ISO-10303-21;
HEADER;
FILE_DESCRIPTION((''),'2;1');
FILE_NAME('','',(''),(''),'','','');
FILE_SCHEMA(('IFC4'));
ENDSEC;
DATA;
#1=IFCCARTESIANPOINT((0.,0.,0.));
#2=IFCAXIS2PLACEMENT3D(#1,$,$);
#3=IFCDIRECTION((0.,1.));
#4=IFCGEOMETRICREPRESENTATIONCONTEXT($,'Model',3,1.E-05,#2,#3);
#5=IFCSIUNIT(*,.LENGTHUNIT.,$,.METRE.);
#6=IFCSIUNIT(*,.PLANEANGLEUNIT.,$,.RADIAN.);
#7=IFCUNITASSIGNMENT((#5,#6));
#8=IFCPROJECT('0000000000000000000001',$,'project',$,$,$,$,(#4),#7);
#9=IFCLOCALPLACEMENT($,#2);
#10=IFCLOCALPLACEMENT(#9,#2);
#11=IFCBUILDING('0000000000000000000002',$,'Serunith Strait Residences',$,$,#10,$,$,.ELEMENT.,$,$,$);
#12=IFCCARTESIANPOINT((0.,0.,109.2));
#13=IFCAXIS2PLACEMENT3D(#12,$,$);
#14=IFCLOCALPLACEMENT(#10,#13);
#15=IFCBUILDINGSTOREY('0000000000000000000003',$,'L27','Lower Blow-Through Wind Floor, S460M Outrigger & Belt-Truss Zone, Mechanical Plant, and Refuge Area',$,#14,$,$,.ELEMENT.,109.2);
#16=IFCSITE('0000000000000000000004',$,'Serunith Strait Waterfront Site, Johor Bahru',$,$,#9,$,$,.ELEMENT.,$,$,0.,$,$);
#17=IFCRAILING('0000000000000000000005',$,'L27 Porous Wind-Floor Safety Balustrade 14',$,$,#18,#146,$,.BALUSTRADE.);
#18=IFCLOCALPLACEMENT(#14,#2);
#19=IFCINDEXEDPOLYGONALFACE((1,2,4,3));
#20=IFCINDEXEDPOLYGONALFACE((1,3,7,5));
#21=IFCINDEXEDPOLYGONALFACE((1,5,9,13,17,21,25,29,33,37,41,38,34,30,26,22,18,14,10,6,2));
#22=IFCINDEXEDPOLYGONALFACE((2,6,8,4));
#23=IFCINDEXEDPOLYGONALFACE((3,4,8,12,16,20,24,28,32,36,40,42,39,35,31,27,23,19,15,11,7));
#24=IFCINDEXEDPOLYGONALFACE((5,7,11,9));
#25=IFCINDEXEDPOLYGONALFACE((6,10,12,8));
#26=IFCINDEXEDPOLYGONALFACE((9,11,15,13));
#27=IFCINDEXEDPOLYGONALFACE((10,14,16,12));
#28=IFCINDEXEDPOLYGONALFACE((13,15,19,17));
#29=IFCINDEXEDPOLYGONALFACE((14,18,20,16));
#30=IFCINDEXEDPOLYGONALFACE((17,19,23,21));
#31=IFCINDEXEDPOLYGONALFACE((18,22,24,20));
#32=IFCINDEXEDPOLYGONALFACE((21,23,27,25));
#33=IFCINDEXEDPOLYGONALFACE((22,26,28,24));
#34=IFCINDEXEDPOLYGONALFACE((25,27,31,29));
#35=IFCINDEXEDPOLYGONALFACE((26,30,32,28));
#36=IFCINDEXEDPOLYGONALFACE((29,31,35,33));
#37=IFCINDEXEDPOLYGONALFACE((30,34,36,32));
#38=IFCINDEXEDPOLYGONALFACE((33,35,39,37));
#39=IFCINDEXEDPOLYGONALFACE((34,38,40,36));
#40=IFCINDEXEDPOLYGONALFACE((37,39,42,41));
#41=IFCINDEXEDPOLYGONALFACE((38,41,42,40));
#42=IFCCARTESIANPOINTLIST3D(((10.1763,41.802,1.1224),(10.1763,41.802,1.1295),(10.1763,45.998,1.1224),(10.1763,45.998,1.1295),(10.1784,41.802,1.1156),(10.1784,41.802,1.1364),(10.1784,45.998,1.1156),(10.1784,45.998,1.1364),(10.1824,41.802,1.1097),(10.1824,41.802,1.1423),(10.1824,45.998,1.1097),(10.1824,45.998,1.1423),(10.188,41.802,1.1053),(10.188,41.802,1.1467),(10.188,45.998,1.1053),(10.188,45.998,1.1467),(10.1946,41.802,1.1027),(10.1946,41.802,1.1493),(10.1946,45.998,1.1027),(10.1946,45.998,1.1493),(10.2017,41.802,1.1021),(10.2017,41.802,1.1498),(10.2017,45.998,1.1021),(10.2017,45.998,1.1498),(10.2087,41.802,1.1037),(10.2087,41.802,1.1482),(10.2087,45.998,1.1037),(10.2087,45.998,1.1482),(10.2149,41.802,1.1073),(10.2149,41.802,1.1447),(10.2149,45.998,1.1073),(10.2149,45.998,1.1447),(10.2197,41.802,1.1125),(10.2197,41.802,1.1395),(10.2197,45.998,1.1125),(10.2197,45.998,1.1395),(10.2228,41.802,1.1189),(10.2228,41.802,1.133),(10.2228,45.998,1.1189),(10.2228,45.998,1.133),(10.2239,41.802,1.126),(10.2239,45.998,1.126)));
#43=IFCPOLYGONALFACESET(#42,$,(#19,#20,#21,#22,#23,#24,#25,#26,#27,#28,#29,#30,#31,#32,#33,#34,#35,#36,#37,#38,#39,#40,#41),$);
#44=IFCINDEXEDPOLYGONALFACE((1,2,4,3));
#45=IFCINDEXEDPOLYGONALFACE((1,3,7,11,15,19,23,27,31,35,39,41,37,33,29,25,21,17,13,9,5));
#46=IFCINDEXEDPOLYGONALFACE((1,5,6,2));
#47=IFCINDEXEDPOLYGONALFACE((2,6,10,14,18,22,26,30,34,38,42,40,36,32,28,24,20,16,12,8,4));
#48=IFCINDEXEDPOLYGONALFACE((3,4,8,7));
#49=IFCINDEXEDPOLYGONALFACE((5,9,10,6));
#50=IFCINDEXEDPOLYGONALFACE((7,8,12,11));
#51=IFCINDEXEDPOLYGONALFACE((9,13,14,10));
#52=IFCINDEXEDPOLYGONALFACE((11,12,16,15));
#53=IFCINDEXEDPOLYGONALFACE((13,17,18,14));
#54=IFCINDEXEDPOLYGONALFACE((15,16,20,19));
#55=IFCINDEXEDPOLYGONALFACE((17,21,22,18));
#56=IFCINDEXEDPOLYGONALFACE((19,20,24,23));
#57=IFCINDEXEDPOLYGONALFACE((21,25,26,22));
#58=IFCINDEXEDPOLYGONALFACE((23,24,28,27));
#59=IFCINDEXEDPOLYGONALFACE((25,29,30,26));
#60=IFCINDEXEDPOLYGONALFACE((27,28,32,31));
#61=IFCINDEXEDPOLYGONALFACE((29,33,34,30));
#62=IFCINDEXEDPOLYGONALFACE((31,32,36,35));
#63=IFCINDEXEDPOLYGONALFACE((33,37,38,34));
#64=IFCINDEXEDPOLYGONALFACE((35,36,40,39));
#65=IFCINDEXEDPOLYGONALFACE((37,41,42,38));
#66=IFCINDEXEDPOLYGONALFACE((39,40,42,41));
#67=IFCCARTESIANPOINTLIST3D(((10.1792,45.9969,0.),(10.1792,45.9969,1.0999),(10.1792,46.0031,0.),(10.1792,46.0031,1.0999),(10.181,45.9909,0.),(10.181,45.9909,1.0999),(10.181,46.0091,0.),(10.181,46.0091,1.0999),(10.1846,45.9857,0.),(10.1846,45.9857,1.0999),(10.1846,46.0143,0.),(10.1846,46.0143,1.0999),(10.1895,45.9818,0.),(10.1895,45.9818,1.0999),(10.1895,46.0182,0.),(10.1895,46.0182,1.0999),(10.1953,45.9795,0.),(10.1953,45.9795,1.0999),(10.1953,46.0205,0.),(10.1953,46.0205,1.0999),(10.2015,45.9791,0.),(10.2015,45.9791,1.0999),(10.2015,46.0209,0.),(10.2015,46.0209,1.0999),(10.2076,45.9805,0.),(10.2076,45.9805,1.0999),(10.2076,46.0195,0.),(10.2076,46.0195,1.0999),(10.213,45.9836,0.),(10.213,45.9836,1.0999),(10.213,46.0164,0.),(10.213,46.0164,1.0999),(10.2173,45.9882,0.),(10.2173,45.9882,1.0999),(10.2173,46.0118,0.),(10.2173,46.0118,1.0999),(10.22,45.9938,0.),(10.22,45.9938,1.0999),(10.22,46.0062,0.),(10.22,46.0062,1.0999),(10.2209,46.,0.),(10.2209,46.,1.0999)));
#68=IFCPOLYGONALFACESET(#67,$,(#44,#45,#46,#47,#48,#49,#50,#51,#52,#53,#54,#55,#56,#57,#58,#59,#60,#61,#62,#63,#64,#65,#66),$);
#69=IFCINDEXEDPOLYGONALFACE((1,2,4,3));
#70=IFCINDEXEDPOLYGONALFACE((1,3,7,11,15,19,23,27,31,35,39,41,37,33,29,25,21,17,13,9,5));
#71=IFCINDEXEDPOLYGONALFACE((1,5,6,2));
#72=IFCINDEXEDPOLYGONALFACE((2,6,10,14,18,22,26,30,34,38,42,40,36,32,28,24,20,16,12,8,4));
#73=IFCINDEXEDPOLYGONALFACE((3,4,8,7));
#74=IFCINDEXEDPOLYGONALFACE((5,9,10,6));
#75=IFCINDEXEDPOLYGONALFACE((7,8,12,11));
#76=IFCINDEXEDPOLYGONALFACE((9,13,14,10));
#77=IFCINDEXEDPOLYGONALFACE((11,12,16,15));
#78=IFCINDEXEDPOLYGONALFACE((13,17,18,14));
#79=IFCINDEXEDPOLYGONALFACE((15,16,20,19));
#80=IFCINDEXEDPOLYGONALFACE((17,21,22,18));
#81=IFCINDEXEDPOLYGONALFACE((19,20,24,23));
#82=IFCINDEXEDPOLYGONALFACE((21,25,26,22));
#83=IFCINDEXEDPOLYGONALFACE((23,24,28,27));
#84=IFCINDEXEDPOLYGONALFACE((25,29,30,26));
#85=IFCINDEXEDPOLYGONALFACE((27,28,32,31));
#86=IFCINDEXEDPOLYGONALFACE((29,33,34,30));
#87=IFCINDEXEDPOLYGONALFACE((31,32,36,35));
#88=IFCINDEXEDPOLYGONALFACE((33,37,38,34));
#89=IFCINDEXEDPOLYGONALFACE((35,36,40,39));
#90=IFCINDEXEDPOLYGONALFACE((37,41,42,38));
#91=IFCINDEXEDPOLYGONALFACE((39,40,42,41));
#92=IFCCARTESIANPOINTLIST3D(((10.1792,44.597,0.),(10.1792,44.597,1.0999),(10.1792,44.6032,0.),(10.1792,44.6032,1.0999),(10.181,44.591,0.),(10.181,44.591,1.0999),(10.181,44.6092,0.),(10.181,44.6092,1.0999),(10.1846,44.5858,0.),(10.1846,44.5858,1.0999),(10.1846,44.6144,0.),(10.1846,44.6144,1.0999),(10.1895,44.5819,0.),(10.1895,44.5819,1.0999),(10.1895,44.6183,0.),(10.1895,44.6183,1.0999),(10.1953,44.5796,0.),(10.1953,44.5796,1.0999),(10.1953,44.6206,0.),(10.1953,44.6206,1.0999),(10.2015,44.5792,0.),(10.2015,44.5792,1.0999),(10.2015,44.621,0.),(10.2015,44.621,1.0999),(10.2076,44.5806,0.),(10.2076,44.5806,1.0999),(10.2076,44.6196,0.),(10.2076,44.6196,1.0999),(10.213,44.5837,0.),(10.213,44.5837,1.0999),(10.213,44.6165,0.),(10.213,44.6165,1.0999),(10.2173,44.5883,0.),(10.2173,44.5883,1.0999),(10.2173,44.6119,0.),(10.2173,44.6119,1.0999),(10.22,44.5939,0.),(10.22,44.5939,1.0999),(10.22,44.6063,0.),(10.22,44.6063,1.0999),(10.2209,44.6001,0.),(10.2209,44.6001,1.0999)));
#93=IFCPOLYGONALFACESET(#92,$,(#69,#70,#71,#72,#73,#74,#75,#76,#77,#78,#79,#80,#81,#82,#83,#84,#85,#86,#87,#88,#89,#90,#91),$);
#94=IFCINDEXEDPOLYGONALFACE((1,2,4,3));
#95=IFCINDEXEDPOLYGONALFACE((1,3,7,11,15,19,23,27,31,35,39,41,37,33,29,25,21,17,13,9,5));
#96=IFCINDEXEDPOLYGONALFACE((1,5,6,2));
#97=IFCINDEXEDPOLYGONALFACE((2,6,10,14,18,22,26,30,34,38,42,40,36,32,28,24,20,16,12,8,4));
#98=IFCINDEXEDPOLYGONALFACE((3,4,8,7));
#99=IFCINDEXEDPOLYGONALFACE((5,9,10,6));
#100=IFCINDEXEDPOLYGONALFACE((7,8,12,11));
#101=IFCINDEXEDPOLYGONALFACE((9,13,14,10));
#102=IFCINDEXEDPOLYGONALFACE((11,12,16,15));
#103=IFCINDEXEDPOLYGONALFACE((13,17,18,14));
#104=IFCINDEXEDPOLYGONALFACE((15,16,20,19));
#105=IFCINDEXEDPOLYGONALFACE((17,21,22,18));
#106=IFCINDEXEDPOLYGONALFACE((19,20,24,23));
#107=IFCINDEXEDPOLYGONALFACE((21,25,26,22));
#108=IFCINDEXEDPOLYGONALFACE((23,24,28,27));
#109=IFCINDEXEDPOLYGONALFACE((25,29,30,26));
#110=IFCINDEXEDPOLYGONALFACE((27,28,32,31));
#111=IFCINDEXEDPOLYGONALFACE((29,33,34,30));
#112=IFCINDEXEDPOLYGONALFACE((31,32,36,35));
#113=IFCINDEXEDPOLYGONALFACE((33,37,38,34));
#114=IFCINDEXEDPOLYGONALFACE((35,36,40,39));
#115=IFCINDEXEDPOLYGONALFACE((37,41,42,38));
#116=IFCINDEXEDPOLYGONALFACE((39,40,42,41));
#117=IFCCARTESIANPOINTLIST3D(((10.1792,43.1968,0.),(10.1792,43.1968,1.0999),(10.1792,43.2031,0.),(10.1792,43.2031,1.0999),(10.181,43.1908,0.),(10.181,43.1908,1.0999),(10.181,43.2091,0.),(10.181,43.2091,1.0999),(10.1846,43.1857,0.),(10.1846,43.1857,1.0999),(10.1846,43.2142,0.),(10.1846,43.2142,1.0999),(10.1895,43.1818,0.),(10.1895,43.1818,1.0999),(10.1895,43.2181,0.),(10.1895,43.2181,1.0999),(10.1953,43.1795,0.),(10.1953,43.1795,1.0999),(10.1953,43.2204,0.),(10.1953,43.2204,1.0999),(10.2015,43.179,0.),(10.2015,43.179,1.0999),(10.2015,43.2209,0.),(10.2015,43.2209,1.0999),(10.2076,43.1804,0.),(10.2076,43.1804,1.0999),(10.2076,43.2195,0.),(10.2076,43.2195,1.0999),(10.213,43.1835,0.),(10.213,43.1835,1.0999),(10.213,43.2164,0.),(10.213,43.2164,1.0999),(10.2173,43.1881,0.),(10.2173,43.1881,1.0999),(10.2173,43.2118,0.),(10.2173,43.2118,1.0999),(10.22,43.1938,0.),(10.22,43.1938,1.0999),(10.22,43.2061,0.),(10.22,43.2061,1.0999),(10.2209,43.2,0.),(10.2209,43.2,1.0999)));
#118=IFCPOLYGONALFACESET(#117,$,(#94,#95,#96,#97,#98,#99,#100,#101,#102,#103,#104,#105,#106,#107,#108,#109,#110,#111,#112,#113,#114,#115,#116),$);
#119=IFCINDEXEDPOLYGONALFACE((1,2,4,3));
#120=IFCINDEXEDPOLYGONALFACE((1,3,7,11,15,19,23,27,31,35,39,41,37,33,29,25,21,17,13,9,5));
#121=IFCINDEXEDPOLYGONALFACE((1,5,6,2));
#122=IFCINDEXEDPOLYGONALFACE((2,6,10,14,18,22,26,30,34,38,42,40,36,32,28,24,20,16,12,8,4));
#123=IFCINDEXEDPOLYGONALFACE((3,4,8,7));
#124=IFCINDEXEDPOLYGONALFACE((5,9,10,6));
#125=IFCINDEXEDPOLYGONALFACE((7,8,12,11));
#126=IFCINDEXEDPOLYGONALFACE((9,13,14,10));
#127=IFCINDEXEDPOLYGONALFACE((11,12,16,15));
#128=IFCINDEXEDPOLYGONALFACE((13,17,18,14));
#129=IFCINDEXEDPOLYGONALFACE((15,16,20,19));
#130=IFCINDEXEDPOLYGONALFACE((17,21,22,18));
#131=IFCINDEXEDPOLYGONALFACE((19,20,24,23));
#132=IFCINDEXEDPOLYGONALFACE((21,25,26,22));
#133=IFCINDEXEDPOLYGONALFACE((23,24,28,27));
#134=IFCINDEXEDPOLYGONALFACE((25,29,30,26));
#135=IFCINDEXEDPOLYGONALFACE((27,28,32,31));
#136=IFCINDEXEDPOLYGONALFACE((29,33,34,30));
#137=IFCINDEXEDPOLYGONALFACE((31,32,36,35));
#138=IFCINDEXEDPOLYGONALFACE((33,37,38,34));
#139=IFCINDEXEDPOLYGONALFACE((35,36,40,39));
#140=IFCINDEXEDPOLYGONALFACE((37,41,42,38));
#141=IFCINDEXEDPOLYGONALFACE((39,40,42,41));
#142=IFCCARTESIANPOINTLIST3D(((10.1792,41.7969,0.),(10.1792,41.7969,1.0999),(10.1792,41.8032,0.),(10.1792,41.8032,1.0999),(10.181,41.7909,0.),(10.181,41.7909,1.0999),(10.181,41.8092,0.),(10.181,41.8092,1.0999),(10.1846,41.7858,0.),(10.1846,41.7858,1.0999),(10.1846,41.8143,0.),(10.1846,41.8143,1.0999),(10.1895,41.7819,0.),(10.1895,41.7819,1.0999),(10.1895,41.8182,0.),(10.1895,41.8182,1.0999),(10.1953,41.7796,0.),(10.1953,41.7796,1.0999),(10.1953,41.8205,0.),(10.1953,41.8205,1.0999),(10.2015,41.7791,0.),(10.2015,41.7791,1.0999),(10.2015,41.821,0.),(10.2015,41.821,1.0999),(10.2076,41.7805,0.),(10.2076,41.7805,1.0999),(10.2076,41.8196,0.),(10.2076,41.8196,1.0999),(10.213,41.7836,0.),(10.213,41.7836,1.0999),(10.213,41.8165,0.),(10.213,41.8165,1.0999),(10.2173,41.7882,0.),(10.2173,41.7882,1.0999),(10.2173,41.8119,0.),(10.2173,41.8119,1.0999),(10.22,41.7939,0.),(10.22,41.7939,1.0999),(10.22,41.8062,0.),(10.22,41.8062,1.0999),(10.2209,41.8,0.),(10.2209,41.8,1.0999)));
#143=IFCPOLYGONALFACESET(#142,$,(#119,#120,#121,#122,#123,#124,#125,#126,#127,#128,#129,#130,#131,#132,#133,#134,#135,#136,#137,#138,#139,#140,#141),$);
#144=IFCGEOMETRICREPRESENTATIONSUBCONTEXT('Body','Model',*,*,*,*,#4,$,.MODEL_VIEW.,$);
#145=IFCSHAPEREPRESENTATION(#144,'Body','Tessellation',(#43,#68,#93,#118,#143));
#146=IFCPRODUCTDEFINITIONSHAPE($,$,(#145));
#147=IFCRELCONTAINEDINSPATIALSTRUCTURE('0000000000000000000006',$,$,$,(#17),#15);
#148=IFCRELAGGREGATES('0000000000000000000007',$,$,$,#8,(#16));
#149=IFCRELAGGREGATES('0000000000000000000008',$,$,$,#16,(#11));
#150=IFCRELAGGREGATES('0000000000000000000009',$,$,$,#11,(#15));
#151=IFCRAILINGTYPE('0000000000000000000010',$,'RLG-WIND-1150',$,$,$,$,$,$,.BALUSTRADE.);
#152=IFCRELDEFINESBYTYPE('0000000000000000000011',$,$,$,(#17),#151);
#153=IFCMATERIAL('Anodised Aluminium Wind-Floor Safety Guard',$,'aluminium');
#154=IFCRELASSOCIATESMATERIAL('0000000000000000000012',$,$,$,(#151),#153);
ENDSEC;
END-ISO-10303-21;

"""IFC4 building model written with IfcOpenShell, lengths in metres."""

from ifc_helpers import new_model, si_unit, direction, frame, origin, origin_2d, place, context, subcontext, project, spatial, circle, extrude, material, type_object, element, save


model = new_model("IFC4")

# Units and contexts
model_context = context("Model", 3, precision=1e-05, world=origin(), true_north=direction((0.0, 1.0)))
body_context = subcontext(model_context, "Body", "Model", "MODEL_VIEW")
ifc_project = project(units=[si_unit("LENGTHUNIT", "METRE"), si_unit("PLANEANGLEUNIT", "RADIAN")], contexts=[model_context])

# Site, building, storey
site_placement = place(None, origin())
site = spatial("IfcSite", under=ifc_project, at=site_placement, Name="Serunith Strait Waterfront Site, Johor Bahru", CompositionType="ELEMENT", RefElevation=0.0)
building_placement = place(site_placement, origin())
building = spatial("IfcBuilding", under=site, at=building_placement, Name="Serunith Strait Residences", CompositionType="ELEMENT")
storey_placement = place(building_placement, frame((0.0, 0.0, 109.2)))
storey = spatial("IfcBuildingStorey", under=building, at=storey_placement, Name="L27", Description="Lower Blow-Through Wind Floor, S460M Outrigger & Belt-Truss Zone, Mechanical Plant, and Refuge Area", CompositionType="ELEMENT", Elevation=109.2)

# Railing
ifc_material_1 = material(Name="Anodised Aluminium Wind-Floor Safety Guard", Category="aluminium")
railing_type = type_object("IfcRailingType", Name="RLG-WIND-1150", PredefinedType="BALUSTRADE", material=ifc_material_1)
railing_1_placement = place(storey_placement, frame((10.2, 46.0, 0.0)))
element("IfcRailing", 1, at=railing_1_placement, inside=storey, type_object=railing_type, Name="L27 Porous Wind-Floor Safety Balustrade 14", PredefinedType="BALUSTRADE", context=body_context, shape_type="SweptSolid", body=[
    extrude(circle(Radius=0.0239, at=origin_2d()), frame((0.0, -0.002, 1.126), z_axis=(0.0, -1.0, 0.0), x_axis=(1.0, 0.0, 0.0)), (0.0, 0.0, 1.0), 4.196),
    extrude(circle(Radius=0.021, at=origin_2d()), origin(), (0.0, 0.0, 1.0), 1.0999),
    extrude(circle(Radius=0.021, at=origin_2d()), frame((0.0, -1.3999, 0.0)), (0.0, 0.0, 1.0), 1.0999),
    extrude(circle(Radius=0.021, at=origin_2d()), frame((0.0, -2.8, 0.0)), (0.0, 0.0, 1.0), 1.0999),
    extrude(circle(Radius=0.021, at=origin_2d()), frame((0.0, -4.2, 0.0)), (0.0, 0.0, 1.0), 1.0999),
])

save(model, "model.ifc")
